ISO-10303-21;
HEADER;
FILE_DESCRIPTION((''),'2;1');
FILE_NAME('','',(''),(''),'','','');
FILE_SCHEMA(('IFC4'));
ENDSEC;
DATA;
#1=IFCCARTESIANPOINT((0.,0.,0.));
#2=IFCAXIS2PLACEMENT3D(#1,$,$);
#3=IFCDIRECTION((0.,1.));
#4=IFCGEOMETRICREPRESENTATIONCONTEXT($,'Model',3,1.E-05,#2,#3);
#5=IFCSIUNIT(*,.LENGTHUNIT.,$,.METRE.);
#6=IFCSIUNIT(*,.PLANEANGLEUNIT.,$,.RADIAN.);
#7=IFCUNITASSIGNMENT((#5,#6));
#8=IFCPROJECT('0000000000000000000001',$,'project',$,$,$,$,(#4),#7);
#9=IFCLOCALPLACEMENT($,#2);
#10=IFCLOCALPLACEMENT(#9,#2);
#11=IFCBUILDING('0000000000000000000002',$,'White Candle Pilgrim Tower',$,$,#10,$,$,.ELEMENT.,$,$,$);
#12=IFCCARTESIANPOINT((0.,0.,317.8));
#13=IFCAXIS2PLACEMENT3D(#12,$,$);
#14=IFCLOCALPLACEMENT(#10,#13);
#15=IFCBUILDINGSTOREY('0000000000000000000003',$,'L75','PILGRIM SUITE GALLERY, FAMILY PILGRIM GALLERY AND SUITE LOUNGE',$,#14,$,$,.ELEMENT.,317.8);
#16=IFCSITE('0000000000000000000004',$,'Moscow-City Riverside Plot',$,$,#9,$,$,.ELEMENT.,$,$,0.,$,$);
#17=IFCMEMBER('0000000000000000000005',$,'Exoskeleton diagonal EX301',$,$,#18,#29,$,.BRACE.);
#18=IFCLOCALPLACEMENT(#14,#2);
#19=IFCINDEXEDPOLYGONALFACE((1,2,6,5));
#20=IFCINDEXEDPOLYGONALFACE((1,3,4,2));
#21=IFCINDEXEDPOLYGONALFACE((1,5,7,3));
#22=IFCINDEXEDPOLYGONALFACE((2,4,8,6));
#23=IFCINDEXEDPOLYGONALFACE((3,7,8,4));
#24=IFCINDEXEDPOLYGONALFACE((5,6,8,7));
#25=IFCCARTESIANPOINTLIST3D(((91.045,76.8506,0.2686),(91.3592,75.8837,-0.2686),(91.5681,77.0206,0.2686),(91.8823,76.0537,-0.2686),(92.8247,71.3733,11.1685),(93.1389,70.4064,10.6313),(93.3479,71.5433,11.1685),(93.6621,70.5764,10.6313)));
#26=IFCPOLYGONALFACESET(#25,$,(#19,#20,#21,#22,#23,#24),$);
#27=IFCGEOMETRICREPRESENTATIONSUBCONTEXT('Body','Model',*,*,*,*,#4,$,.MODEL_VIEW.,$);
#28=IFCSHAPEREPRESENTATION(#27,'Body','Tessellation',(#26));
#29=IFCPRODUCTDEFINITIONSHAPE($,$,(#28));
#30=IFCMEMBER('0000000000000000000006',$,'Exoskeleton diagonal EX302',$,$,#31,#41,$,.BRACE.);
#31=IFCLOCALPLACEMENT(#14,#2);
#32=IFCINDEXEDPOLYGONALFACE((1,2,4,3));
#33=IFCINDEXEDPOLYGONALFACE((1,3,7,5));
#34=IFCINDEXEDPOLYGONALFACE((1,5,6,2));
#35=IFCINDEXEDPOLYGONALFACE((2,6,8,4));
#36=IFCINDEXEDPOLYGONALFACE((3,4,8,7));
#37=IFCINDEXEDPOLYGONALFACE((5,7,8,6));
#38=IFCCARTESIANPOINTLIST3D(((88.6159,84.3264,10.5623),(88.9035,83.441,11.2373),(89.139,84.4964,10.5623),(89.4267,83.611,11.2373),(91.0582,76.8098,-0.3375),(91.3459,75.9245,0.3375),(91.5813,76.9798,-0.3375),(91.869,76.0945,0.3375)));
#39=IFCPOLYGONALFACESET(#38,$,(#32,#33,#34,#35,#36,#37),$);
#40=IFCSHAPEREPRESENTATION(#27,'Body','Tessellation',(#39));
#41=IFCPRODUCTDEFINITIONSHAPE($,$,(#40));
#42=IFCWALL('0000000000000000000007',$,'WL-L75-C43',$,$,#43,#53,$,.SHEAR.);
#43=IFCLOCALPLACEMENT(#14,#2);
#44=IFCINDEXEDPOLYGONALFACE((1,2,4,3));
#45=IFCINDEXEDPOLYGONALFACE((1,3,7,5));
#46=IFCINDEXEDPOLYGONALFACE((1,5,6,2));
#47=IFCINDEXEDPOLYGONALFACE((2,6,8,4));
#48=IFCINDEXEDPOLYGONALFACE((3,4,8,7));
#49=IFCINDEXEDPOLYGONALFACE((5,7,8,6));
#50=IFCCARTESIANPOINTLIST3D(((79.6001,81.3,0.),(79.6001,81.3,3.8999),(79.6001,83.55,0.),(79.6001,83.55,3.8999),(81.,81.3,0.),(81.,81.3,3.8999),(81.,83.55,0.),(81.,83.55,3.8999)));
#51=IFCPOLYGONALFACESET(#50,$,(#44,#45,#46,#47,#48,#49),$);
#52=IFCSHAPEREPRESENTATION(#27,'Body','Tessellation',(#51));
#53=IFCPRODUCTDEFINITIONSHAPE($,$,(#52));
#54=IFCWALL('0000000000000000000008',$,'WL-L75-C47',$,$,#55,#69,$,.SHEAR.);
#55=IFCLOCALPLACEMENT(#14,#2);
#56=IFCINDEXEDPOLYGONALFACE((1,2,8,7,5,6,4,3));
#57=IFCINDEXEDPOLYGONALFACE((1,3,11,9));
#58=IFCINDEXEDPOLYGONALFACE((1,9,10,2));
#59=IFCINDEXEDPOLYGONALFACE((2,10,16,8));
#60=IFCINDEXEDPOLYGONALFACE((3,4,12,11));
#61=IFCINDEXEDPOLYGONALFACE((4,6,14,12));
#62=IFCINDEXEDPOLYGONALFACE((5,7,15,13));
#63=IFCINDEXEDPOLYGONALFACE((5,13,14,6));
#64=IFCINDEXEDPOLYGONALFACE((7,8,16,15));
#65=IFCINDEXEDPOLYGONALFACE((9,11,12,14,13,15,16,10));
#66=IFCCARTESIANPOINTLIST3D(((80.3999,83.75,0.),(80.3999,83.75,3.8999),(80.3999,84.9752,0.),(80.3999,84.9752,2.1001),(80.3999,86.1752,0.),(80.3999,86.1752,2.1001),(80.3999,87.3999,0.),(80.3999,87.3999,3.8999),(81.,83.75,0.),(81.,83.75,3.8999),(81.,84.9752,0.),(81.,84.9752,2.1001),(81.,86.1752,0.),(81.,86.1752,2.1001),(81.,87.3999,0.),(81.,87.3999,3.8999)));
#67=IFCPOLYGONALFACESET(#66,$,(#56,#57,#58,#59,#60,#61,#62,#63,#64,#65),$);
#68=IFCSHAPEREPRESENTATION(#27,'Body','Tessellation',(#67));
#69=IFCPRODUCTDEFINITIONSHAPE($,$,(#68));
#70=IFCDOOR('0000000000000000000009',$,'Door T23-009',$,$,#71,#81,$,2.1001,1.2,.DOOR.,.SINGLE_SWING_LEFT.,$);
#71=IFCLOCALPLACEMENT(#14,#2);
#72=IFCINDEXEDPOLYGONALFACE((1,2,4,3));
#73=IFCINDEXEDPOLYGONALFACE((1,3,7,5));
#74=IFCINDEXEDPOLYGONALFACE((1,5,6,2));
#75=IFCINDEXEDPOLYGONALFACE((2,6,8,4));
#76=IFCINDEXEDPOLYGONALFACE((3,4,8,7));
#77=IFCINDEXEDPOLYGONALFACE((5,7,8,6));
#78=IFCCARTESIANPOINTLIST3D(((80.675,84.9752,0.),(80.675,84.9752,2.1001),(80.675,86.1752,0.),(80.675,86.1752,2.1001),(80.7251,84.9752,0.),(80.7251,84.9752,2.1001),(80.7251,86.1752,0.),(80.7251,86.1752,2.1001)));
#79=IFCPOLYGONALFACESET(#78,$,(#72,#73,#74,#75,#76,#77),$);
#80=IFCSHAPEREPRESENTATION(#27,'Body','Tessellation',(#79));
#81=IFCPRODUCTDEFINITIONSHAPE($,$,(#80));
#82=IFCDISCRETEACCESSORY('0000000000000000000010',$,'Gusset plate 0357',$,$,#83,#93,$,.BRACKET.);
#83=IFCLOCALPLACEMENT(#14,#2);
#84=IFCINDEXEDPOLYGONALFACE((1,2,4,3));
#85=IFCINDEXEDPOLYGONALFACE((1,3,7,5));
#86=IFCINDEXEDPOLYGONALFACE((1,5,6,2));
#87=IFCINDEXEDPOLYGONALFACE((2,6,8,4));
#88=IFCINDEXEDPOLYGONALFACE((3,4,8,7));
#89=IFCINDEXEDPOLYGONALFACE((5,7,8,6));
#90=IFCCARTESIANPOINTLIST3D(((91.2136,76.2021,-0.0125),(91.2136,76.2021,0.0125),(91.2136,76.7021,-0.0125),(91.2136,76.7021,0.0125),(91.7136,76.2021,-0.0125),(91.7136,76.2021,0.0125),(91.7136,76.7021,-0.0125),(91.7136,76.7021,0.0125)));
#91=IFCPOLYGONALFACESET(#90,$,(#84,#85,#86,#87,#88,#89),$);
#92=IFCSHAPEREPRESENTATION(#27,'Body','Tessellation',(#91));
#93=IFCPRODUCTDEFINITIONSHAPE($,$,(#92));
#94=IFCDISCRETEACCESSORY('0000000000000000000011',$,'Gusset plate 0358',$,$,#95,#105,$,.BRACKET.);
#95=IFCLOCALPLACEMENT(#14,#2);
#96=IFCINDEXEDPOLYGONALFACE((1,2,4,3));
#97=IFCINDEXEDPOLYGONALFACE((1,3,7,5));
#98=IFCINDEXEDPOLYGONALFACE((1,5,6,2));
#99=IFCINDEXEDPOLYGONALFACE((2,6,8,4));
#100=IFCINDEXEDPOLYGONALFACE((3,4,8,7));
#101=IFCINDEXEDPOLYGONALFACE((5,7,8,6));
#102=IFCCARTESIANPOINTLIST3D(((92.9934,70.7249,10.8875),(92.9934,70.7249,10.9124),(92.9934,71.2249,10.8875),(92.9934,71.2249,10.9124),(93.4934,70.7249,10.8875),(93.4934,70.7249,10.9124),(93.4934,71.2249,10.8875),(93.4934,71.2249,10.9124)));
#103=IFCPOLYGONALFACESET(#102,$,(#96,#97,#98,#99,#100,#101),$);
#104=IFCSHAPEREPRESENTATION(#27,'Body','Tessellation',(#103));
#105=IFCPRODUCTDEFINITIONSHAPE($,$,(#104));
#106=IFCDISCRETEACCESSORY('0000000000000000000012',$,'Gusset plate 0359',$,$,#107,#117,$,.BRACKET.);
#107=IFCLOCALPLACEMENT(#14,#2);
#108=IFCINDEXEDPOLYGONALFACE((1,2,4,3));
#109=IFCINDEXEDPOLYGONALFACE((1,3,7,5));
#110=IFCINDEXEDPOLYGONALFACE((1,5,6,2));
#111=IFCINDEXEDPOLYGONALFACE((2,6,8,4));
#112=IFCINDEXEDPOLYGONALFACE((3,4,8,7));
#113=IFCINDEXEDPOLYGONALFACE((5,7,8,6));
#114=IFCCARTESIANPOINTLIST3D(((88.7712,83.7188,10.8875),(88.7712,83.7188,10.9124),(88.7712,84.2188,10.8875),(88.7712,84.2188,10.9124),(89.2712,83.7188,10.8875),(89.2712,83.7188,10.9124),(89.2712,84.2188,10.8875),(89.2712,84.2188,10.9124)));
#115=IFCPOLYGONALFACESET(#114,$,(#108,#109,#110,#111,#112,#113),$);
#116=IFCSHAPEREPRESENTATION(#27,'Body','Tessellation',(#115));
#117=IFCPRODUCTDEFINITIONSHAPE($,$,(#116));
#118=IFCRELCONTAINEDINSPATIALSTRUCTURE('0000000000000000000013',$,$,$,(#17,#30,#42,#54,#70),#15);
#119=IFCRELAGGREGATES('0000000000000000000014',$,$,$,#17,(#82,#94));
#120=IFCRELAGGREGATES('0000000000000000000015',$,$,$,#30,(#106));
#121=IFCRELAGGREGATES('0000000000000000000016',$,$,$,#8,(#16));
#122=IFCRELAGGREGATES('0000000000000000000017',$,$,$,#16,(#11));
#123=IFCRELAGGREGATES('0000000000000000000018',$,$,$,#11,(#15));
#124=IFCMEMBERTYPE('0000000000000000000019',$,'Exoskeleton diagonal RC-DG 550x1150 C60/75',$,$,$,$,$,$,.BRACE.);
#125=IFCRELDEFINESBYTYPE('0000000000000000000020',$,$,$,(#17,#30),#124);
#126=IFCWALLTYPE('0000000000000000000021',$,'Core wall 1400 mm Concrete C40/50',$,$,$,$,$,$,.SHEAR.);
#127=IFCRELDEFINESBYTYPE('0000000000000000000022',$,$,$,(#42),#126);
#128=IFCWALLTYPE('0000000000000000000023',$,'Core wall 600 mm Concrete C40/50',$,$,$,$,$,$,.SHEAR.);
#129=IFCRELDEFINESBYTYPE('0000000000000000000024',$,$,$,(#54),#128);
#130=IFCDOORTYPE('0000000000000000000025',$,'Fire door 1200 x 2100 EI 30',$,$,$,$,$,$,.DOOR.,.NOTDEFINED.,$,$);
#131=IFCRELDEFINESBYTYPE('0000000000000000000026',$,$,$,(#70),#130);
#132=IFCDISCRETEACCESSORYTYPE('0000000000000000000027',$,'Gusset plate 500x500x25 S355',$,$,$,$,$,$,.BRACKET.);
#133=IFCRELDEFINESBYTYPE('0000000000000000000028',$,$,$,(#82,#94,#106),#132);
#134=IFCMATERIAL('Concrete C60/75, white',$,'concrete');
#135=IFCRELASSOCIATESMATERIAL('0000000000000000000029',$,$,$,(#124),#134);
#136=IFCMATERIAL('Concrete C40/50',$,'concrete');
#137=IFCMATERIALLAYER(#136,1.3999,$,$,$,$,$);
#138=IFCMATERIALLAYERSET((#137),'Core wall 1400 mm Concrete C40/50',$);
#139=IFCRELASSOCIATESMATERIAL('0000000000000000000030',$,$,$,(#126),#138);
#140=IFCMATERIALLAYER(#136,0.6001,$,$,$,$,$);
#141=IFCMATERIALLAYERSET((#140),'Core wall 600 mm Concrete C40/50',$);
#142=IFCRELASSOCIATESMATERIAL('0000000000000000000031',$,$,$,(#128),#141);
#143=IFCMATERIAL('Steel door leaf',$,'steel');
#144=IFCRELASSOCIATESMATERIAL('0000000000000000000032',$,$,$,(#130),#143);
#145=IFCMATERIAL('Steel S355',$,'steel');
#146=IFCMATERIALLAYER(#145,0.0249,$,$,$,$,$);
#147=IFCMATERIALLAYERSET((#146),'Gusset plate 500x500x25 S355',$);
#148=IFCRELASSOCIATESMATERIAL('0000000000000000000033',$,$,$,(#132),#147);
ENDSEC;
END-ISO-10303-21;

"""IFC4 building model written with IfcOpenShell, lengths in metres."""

from ifc_helpers import new_model, si_unit, direction, frame, frame_2d, origin, origin_2d, place, context, subcontext, project, spatial, rectangle, extrude, material, layer, layer_set, material_profile, profile_set, type_object, element, fill, aggregate, save


model = new_model("IFC4")

# Units and contexts
model_context = context("Model", 3, precision=1e-05, world=origin(), true_north=direction((0.0, 1.0)))
body_context = subcontext(model_context, "Body", "Model", "MODEL_VIEW")
ifc_project = project(units=[si_unit("LENGTHUNIT", "METRE"), si_unit("PLANEANGLEUNIT", "RADIAN")], contexts=[model_context])

# Site, building, storey
site_placement = place(None, origin())
site = spatial("IfcSite", under=ifc_project, at=site_placement, Name="Moscow-City Riverside Plot", CompositionType="ELEMENT", RefElevation=0.0)
building_placement = place(site_placement, origin())
building = spatial("IfcBuilding", under=site, at=building_placement, Name="White Candle Pilgrim Tower", CompositionType="ELEMENT")
storey_placement = place(building_placement, frame((0.0, 0.0, 317.8)))
storey = spatial("IfcBuildingStorey", under=building, at=storey_placement, Name="L75", Description="PILGRIM SUITE GALLERY, FAMILY PILGRIM GALLERY AND SUITE LOUNGE", CompositionType="ELEMENT", Elevation=317.8)

# Members
ifc_material_1 = material(Name="Concrete C60/75, white", Category="concrete")
ifc_material_profile = material_profile(ifc_material_1, rectangle(XDim=0.55, YDim=1.1499, at=origin_2d()), Name="RC-DG 550x1150")
ifc_profile_set = profile_set([ifc_material_profile], Name="Concrete C60/75, white")
member_type = type_object("IfcMemberType", Name="Exoskeleton diagonal RC-DG 550x1150 C60/75", PredefinedType="BRACE", material=ifc_profile_set)
member_1_placement = place(storey_placement, frame((91.4636, 76.4521, 0.0), z_axis=(0.144371, -0.444302, 0.884168), x_axis=(0.951051, 0.309033, 0.0)))
member_1 = element("IfcMember", 1, at=member_1_placement, inside=storey, type_object=member_type, Name="Exoskeleton diagonal EX301", PredefinedType="BRACE", context=body_context, shape_type="SweptSolid", body=[
    extrude(rectangle(XDim=0.55, YDim=1.1499, at=origin_2d()), origin(), (0.0, 0.0, 1.0), 12.3279),
])
member_2_placement = place(storey_placement, frame((91.4636, 76.4521, 0.0), z_axis=(-0.181404, 0.558285, 0.809574), x_axis=(-0.951053, -0.309027, 0.0)))
member_2 = element("IfcMember", 2, at=member_2_placement, inside=storey, type_object=member_type, Name="Exoskeleton diagonal EX302", PredefinedType="BRACE", context=body_context, shape_type="SweptSolid", body=[
    extrude(rectangle(XDim=0.55, YDim=1.1499, at=origin_2d()), origin(), (0.0, 0.0, 1.0), 13.4636),
])

# Wall
ifc_material_2 = material(Name="Concrete C40/50", Category="concrete")
ifc_layer_1 = layer(ifc_material_2, 1.3999)
ifc_layer_set_1 = layer_set([ifc_layer_1], Name="Core wall 1400 mm Concrete C40/50")
wall_type_1 = type_object("IfcWallType", Name="Core wall 1400 mm Concrete C40/50", PredefinedType="SHEAR", material=ifc_layer_set_1)
wall_1_placement = place(storey_placement, frame((80.3, 81.3, 0.0), z_axis=(0.0, 0.0, 1.0), x_axis=(0.0, 1.0, 0.0)))
element("IfcWall", 3, at=wall_1_placement, inside=storey, type_object=wall_type_1, Name="WL-L75-C43", PredefinedType="SHEAR", context=body_context, shape_type="SweptSolid", body=[
    extrude(rectangle(XDim=2.25, YDim=1.3999, at=frame_2d((1.125, 0.0))), origin(), (0.0, 0.0, 1.0), 3.8999),
])

# Wall, opening, door
ifc_layer_2 = layer(ifc_material_2, 0.6001)
ifc_layer_set_2 = layer_set([ifc_layer_2], Name="Core wall 600 mm Concrete C40/50")
wall_type_2 = type_object("IfcWallType", Name="Core wall 600 mm Concrete C40/50", PredefinedType="SHEAR", material=ifc_layer_set_2)
wall_2_placement = place(storey_placement, frame((80.7, 83.75, 0.0), z_axis=(0.0, 0.0, 1.0), x_axis=(0.0, 1.0, 0.0)))
wall_2 = element("IfcWall", 4, at=wall_2_placement, inside=storey, type_object=wall_type_2, Name="WL-L75-C47", PredefinedType="SHEAR", context=body_context, shape_type="SweptSolid", body=[
    extrude(rectangle(XDim=3.6499, YDim=0.6001, at=frame_2d((1.825, 0.0))), origin(), (0.0, 0.0, 1.0), 3.8999),
])
opening_1_placement = place(wall_2_placement, frame((1.2251, 0.0, 0.0)))
opening_1 = element("IfcOpeningElement", 5, at=opening_1_placement, cuts=wall_2, PredefinedType="OPENING", context=body_context, shape_type="SweptSolid", body=[
    extrude(rectangle(XDim=1.2, YDim=2.1001, at=frame_2d((0.6001, 1.05))), frame((0.0, 0.3101, 0.0), z_axis=(0.0, -1.0, 0.0), x_axis=(1.0, 0.0, 0.0)), (0.0, 0.0, 1.0), 0.6201),
])
ifc_material_3 = material(Name="Steel door leaf", Category="steel")
door_type_1 = type_object("IfcDoorType", Name="Fire door 1200 x 2100 EI 30", OperationType="NOTDEFINED", PredefinedType="DOOR", material=ifc_material_3)
door_1_placement = place(opening_1_placement, origin())
door_1 = element("IfcDoor", 6, at=door_1_placement, inside=storey, type_object=door_type_1, Name="Door T23-009", OperationType="SINGLE_SWING_LEFT", OverallHeight=2.1001, OverallWidth=1.2, PredefinedType="DOOR", context=body_context, shape_type="SweptSolid", body=[
    extrude(rectangle(XDim=1.2, YDim=2.1001, at=frame_2d((0.6001, 1.05))), frame((0.0, 0.0249, 0.0), z_axis=(0.0, -1.0, 0.0), x_axis=(1.0, 0.0, 0.0)), (0.0, 0.0, 1.0), 0.05),
])
fill(opening_1, door_1)

# Discrete accessories
ifc_material_4 = material(Name="Steel S355", Category="steel")
ifc_layer_3 = layer(ifc_material_4, 0.0249)
ifc_layer_set_3 = layer_set([ifc_layer_3], Name="Gusset plate 500x500x25 S355")
discrete_accessory_type = type_object("IfcDiscreteAccessoryType", Name="Gusset plate 500x500x25 S355", PredefinedType="BRACKET", material=ifc_layer_set_3)
discrete_accessory_1_placement = place(storey_placement, frame((91.4636, 76.4521, -0.0125), z_axis=(0.0, 0.0, 1.0), x_axis=(1.0, 0.0, 0.0)))
discrete_accessory_1 = element("IfcDiscreteAccessory", 7, at=discrete_accessory_1_placement, type_object=discrete_accessory_type, Name="Gusset plate 0357", PredefinedType="BRACKET", context=body_context, shape_type="SweptSolid", body=[
    extrude(rectangle(XDim=0.5, YDim=0.5, at=origin_2d()), origin(), (0.0, 0.0, 1.0), 0.0249),
])
placement = place(building_placement, frame((0.0, 0.0, 328.7)))
discrete_accessory_2_placement = place(placement, frame((93.2434, 70.9749, -0.0125), z_axis=(0.0, 0.0, 1.0), x_axis=(1.0, 0.0, 0.0)))
discrete_accessory_2 = element("IfcDiscreteAccessory", 8, at=discrete_accessory_2_placement, type_object=discrete_accessory_type, Name="Gusset plate 0358", PredefinedType="BRACKET", context=body_context, shape_type="SweptSolid", body=[
    extrude(rectangle(XDim=0.5, YDim=0.5, at=origin_2d()), origin(), (0.0, 0.0, 1.0), 0.0249),
])
aggregate(member_1, [discrete_accessory_1, discrete_accessory_2])
discrete_accessory_3_placement = place(placement, frame((89.0212, 83.9688, -0.0125), z_axis=(0.0, 0.0, 1.0), x_axis=(1.0, 0.0, 0.0)))
discrete_accessory_3 = element("IfcDiscreteAccessory", 9, at=discrete_accessory_3_placement, type_object=discrete_accessory_type, Name="Gusset plate 0359", PredefinedType="BRACKET", context=body_context, shape_type="SweptSolid", body=[
    extrude(rectangle(XDim=0.5, YDim=0.5, at=origin_2d()), origin(), (0.0, 0.0, 1.0), 0.0249),
])
aggregate(member_2, [discrete_accessory_3])

save(model, "model.ifc")
